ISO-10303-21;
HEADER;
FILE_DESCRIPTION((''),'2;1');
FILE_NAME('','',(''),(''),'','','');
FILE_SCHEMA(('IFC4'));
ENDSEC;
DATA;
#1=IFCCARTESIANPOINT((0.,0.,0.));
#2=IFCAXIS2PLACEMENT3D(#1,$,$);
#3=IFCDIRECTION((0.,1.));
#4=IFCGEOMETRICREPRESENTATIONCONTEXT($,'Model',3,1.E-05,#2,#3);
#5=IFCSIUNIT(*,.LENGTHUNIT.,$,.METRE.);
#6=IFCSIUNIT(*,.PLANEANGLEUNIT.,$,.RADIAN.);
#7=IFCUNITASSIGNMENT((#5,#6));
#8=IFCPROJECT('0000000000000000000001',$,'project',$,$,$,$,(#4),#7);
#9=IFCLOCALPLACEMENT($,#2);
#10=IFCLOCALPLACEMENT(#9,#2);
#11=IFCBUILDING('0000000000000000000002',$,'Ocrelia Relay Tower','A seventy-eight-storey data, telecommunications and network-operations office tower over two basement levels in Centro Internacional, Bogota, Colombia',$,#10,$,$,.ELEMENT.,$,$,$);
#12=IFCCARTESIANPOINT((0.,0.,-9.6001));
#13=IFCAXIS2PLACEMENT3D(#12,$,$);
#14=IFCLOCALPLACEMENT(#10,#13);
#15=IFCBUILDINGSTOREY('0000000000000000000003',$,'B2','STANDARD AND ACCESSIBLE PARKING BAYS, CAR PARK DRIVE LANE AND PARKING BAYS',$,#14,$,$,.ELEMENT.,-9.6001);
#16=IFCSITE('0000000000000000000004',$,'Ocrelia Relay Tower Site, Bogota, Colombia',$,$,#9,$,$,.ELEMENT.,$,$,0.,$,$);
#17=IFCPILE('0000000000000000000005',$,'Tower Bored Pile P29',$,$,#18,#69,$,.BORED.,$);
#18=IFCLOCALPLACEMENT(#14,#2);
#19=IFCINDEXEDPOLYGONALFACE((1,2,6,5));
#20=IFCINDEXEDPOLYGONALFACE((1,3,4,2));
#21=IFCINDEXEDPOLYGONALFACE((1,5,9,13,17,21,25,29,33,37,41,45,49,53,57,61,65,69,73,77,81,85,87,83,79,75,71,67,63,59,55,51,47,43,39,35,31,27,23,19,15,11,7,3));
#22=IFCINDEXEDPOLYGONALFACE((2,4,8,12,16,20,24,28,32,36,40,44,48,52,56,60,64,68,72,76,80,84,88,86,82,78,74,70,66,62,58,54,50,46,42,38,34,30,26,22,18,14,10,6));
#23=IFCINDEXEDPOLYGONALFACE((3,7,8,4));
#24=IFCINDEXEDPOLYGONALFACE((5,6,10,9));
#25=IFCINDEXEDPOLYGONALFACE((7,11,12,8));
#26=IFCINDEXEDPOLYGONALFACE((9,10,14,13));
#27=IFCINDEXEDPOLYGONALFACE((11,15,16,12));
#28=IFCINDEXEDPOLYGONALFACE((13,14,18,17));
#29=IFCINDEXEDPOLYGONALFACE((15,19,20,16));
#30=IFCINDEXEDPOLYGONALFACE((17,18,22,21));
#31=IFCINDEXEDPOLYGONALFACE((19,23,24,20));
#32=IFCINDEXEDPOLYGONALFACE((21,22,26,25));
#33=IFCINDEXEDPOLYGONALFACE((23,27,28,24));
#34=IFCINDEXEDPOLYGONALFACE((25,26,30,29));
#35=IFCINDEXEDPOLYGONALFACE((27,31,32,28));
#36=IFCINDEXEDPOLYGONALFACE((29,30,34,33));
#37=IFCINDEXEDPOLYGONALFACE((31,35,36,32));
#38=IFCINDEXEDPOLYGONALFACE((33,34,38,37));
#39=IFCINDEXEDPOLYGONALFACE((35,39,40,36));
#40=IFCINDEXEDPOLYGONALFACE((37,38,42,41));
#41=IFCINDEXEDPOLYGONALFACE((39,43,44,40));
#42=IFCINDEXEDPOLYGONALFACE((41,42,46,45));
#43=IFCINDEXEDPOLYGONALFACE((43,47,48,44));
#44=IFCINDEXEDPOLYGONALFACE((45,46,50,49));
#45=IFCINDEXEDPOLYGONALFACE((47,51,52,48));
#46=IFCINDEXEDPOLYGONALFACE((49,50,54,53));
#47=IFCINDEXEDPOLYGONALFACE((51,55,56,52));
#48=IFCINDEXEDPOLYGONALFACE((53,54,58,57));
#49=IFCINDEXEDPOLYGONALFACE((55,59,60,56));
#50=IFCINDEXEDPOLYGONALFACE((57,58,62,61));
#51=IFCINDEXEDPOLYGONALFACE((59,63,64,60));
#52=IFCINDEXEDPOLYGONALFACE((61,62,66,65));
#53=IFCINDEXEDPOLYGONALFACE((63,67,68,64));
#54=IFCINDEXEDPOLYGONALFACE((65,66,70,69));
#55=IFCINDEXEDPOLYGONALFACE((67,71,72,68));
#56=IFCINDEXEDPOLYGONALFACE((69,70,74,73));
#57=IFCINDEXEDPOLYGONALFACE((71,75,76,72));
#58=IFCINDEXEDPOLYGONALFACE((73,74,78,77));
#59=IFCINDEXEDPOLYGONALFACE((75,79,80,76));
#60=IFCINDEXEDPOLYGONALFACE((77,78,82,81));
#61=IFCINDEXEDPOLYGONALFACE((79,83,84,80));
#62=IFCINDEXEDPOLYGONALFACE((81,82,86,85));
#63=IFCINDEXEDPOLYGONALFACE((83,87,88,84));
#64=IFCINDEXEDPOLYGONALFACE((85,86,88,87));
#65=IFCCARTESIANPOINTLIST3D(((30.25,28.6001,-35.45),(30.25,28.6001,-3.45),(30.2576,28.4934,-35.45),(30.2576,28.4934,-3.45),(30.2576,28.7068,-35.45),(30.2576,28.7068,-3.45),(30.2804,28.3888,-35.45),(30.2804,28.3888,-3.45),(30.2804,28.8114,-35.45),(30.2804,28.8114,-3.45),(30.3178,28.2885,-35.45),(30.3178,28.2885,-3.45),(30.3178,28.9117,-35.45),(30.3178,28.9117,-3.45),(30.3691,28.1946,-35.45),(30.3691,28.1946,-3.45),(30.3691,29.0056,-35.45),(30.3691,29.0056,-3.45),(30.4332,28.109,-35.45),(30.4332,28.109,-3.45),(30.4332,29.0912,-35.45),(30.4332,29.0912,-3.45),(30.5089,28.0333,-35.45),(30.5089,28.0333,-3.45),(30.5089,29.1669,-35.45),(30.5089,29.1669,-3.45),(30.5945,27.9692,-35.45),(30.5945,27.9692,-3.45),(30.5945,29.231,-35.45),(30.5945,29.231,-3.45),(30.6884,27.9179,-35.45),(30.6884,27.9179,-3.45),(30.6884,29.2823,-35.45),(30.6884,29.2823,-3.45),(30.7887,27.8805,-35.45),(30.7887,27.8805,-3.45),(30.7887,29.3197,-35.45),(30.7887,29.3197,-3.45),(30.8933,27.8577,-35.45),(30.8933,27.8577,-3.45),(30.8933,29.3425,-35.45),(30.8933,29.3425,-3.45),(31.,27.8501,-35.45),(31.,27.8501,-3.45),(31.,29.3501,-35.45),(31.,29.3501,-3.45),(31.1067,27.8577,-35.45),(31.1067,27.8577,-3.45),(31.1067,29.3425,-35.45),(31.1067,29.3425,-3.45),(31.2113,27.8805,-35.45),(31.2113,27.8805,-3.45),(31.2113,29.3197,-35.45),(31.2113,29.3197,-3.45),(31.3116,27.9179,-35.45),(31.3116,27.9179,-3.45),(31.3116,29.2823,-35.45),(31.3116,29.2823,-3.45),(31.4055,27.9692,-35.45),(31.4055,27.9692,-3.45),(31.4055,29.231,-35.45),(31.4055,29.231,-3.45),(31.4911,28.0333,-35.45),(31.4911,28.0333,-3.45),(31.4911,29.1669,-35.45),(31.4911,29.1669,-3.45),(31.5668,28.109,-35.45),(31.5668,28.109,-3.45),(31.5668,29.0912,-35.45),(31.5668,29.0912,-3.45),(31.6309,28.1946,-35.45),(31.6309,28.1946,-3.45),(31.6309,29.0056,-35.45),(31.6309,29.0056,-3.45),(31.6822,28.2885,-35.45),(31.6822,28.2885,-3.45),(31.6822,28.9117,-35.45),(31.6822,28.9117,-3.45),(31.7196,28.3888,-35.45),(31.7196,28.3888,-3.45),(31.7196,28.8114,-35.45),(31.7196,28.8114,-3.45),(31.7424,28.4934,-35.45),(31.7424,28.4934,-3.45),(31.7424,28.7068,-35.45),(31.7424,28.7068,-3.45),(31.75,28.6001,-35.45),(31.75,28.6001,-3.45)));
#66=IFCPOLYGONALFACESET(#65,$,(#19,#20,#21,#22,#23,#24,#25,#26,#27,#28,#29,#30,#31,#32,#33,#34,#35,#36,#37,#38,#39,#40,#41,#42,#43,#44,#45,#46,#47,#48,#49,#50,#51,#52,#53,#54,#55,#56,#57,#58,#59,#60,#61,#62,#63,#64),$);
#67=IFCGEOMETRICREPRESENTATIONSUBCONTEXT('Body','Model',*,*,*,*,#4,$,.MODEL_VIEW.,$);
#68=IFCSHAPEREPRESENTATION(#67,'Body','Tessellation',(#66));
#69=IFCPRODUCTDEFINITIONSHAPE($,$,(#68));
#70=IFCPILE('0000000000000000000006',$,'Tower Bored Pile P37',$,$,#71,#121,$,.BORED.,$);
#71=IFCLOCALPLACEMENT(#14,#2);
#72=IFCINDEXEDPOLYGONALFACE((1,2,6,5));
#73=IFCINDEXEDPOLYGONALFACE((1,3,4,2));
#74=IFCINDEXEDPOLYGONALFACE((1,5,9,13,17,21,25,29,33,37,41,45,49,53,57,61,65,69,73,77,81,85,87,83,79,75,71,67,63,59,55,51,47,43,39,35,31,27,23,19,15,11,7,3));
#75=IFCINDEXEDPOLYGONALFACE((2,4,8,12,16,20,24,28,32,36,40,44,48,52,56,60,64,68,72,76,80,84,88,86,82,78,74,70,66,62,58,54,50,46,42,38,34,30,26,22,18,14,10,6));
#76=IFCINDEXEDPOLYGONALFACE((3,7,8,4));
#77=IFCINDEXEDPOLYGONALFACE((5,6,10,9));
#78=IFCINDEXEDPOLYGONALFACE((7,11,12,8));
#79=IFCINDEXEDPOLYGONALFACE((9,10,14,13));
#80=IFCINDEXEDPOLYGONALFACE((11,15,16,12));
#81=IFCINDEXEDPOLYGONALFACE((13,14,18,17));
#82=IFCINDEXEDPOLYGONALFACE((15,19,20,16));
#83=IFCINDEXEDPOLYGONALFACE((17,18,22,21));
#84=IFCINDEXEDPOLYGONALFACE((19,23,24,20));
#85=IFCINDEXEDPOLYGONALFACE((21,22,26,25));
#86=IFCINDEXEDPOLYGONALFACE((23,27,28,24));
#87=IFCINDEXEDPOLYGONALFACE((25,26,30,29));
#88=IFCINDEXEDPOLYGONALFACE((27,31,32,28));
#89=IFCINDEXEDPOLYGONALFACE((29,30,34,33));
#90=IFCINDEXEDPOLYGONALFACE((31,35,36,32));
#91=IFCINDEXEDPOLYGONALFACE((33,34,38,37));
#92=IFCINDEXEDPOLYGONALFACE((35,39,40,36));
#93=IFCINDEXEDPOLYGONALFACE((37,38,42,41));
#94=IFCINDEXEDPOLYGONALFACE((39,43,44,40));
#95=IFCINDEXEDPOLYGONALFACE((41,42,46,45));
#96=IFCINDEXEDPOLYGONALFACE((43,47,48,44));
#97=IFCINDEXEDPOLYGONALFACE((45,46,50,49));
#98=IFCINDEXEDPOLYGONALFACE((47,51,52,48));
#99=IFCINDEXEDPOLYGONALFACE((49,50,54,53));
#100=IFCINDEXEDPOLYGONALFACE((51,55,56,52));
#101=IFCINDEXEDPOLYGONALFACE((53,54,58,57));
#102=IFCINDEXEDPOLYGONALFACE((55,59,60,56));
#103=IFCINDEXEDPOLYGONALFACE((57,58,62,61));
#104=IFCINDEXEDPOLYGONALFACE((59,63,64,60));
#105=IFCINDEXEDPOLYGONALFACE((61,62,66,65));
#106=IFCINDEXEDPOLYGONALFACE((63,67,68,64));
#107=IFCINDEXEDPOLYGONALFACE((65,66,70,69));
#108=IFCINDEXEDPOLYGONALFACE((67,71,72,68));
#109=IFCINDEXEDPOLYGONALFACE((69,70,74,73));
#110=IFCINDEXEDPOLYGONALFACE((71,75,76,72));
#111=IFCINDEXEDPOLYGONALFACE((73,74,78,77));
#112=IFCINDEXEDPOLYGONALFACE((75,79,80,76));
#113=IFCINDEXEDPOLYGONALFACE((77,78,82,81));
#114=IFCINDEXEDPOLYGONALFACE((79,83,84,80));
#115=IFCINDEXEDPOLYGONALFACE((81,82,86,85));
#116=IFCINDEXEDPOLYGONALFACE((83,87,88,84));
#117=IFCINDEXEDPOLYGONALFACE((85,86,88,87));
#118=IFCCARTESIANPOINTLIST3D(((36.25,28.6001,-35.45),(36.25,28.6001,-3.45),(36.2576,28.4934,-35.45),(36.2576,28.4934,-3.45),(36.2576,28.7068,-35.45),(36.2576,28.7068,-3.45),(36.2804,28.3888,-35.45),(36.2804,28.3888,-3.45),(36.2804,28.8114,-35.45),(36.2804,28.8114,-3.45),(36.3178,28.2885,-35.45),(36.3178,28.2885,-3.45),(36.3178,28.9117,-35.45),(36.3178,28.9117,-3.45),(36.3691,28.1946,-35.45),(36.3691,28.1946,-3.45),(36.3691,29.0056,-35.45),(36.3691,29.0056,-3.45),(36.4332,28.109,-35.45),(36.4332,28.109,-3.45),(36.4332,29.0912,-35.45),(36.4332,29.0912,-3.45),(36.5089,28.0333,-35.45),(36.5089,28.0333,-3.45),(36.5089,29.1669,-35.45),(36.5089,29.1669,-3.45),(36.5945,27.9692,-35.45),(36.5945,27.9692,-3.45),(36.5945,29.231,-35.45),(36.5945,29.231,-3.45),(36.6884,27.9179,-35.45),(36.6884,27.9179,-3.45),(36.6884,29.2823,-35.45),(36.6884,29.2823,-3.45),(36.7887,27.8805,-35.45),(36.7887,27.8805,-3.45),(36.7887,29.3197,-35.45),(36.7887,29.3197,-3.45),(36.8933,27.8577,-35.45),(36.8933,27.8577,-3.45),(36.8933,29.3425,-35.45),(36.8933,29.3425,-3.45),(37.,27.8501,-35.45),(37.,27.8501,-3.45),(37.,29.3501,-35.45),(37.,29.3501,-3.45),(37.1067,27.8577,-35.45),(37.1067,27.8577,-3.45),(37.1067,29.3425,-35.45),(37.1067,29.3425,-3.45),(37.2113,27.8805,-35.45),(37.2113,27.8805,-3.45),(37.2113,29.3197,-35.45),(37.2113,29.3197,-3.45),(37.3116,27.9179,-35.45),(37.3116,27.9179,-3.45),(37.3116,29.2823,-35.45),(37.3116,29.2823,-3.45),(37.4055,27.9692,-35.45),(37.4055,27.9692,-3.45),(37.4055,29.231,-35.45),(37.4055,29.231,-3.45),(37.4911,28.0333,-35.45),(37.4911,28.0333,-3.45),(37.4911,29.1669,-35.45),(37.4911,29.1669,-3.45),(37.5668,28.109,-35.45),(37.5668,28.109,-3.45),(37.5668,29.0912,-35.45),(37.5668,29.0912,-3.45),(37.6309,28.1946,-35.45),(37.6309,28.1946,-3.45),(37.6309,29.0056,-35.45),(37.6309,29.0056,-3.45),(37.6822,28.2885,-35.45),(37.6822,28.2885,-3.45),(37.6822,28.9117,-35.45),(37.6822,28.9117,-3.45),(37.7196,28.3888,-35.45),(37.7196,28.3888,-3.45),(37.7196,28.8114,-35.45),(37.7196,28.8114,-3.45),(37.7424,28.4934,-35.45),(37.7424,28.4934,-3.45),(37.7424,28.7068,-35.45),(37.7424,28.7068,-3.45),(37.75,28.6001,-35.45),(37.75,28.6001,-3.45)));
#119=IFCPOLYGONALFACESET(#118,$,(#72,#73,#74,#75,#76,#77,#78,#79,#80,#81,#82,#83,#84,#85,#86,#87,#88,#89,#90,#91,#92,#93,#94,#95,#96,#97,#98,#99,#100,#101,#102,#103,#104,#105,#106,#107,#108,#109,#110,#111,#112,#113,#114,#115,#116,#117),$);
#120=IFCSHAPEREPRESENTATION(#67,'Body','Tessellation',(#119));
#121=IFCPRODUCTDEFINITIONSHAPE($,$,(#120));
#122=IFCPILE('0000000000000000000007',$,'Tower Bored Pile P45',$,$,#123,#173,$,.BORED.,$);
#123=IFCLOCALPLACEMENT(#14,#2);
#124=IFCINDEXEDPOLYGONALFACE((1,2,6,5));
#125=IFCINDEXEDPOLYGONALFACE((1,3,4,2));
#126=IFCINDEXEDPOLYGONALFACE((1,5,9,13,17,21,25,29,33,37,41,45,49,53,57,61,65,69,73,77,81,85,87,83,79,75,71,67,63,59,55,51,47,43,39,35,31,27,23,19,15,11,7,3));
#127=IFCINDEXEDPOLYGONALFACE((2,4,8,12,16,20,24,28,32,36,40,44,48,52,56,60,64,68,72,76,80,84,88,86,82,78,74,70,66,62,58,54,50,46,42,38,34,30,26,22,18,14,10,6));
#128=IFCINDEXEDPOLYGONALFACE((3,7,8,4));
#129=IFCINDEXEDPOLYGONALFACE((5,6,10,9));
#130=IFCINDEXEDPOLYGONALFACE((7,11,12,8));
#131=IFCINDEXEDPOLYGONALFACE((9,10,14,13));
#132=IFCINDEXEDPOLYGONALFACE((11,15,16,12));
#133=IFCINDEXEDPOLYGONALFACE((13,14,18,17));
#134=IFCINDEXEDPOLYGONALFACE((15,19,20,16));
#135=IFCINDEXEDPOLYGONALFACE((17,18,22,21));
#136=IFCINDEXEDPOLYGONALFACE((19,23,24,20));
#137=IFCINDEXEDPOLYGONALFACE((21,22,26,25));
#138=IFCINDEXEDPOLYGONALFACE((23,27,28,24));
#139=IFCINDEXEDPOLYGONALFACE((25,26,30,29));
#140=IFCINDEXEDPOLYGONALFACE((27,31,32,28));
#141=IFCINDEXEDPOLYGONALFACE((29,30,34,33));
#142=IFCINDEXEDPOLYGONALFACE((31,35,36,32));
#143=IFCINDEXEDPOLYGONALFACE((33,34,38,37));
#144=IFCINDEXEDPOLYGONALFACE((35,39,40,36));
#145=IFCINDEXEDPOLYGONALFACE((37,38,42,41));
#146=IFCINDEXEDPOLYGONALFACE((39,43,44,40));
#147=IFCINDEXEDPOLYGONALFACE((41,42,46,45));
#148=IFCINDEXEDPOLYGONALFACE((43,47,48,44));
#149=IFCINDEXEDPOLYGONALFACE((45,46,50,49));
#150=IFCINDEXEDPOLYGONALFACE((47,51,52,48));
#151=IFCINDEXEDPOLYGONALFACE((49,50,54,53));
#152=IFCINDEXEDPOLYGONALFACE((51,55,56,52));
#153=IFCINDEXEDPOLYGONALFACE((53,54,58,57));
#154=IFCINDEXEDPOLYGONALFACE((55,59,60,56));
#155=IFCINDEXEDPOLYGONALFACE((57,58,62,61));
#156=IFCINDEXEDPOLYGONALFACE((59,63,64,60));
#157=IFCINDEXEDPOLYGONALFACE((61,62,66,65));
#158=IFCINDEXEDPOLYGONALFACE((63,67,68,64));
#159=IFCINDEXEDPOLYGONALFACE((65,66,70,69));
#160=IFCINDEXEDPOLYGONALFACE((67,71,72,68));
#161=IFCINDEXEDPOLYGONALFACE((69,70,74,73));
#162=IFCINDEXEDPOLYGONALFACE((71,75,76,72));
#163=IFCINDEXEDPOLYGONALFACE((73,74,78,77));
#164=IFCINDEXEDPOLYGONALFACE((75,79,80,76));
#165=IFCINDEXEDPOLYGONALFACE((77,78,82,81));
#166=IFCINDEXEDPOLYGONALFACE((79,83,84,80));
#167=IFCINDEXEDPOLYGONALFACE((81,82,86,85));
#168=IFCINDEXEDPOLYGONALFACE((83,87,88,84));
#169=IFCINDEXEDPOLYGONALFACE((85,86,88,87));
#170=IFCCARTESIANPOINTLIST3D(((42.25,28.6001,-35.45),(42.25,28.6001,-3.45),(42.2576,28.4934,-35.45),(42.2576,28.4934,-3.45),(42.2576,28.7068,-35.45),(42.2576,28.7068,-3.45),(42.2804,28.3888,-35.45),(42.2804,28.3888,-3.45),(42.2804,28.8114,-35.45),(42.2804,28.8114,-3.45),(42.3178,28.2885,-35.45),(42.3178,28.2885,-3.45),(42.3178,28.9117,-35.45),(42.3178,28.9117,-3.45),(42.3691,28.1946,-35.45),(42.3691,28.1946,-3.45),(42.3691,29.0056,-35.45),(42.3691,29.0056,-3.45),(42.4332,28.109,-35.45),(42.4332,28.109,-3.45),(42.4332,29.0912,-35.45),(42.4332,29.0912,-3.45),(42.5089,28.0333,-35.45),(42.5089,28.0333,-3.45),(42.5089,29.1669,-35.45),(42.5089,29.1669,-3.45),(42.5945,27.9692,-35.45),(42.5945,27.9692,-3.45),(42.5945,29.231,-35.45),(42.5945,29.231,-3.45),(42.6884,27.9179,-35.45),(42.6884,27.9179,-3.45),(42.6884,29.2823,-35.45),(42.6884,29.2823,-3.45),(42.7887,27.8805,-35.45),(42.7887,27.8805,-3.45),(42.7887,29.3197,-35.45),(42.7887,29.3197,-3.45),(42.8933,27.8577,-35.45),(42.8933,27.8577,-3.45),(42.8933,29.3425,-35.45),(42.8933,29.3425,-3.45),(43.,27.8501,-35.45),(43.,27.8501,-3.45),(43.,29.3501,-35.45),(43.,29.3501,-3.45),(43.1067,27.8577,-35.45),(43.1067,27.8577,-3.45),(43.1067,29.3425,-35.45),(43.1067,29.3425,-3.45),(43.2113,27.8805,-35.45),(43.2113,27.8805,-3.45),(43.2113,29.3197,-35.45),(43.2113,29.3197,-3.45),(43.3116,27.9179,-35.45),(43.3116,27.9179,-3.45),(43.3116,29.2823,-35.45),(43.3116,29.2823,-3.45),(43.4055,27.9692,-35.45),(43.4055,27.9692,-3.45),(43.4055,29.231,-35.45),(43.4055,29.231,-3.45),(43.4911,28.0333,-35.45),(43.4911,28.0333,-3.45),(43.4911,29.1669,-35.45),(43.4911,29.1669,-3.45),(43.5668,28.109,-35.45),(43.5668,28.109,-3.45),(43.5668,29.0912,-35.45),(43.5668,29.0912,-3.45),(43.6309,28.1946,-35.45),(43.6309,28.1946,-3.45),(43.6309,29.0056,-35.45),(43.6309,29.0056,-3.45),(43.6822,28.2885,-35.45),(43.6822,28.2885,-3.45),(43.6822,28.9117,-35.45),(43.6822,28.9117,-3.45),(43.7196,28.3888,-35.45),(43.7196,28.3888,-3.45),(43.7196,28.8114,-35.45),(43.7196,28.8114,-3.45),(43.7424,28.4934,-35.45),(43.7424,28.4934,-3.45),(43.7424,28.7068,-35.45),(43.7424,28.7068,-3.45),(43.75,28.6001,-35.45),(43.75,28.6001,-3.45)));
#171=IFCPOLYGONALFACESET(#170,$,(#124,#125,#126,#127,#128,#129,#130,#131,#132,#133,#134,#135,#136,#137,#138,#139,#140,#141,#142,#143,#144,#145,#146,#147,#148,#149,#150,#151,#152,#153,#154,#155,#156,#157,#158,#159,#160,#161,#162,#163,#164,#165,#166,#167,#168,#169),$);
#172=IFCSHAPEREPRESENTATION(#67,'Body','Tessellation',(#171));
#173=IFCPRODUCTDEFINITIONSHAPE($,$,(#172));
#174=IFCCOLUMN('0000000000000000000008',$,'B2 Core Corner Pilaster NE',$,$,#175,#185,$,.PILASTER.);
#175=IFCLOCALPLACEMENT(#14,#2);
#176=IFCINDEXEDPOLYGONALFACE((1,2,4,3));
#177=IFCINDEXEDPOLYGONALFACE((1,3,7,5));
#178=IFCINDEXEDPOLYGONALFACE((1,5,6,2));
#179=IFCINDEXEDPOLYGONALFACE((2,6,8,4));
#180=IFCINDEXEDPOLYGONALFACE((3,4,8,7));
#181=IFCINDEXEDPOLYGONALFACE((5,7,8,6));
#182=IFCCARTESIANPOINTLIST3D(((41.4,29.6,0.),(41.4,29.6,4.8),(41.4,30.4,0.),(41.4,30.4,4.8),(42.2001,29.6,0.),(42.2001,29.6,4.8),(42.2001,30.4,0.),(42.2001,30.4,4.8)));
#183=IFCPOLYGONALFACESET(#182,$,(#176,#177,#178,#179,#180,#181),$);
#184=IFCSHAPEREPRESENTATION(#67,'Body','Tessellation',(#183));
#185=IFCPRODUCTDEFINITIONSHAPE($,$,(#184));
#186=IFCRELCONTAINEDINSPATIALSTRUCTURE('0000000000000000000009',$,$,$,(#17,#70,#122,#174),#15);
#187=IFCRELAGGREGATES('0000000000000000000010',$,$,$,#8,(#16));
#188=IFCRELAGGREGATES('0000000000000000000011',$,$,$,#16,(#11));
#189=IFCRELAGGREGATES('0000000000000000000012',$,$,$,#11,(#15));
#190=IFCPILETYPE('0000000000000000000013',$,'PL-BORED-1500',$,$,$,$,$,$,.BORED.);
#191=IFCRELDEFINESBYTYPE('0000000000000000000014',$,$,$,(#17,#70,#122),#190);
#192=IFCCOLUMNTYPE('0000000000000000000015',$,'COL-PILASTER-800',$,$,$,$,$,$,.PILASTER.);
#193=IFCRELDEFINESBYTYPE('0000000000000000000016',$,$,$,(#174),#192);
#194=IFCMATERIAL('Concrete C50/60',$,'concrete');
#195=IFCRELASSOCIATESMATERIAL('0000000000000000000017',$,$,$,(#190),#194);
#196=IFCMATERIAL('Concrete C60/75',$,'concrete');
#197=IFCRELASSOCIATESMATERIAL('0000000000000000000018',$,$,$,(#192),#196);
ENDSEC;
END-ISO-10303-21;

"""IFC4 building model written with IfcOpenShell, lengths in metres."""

from ifc_helpers import new_model, si_unit, direction, frame, origin, origin_2d, place, context, subcontext, project, spatial, rectangle, circle, extrude, material, material_profile, profile_set, type_object, element, save


model = new_model("IFC4")

# Units and contexts
model_context = context("Model", 3, precision=1e-05, world=origin(), true_north=direction((0.0, 1.0)))
body_context = subcontext(model_context, "Body", "Model", "MODEL_VIEW")
ifc_project = project(units=[si_unit("LENGTHUNIT", "METRE"), si_unit("PLANEANGLEUNIT", "RADIAN")], contexts=[model_context])

# Site, building, storey
site_placement = place(None, origin())
site = spatial("IfcSite", under=ifc_project, at=site_placement, Name="Ocrelia Relay Tower Site, Bogota, Colombia", CompositionType="ELEMENT", RefElevation=0.0)
building_placement = place(site_placement, origin())
building = spatial("IfcBuilding", under=site, at=building_placement, Name="Ocrelia Relay Tower", Description="A seventy-eight-storey data, telecommunications and network-operations office tower over two basement levels in Centro Internacional, Bogota, Colombia", CompositionType="ELEMENT")
storey_placement = place(building_placement, frame((0.0, 0.0, -9.6001)))
storey = spatial("IfcBuildingStorey", under=building, at=storey_placement, Name="B2", Description="STANDARD AND ACCESSIBLE PARKING BAYS, CAR PARK DRIVE LANE AND PARKING BAYS", CompositionType="ELEMENT", Elevation=-9.6001)

# Piles
ifc_material_1 = material(Name="Concrete C50/60", Category="concrete")
ifc_material_profile_1 = material_profile(ifc_material_1, circle(Radius=0.75, at=origin_2d()), Name="PILE-1500")
ifc_profile_set_1 = profile_set([ifc_material_profile_1], Name="Concrete C50/60")
pile_type = type_object("IfcPileType", Name="PL-BORED-1500", PredefinedType="BORED", material=ifc_profile_set_1)
for number, where, z_axis, x_axis, name in (
    (1, (31.0, 28.6001, -3.45), (0.0, 0.0, -1.0), (1.0, 0.0, 0.0), "Tower Bored Pile P29"),
    (2, (37.0, 28.6001, -3.45), (0.0, 0.0, -1.0), (1.0, 0.0, 0.0), "Tower Bored Pile P37"),
    (3, (43.0, 28.6001, -3.45), (0.0, 0.0, -1.0), (1.0, 0.0, 0.0), "Tower Bored Pile P45"),
):
    element("IfcPile", number, at=place(storey_placement, frame(where, z_axis=z_axis, x_axis=x_axis)), inside=storey, type_object=pile_type, Name=name, PredefinedType="BORED", context=body_context, shape_type="SweptSolid", body=[
        extrude(circle(Radius=0.75, at=origin_2d()), origin(), (0.0, 0.0, 1.0), 32.0),
    ])

# Column
ifc_material_2 = material(Name="Concrete C60/75", Category="concrete")
ifc_material_profile_2 = material_profile(ifc_material_2, rectangle(XDim=0.8, YDim=0.8, at=origin_2d()), Name="RC-COL-800x800")
ifc_profile_set_2 = profile_set([ifc_material_profile_2], Name="Concrete C60/75")
column_type = type_object("IfcColumnType", Name="COL-PILASTER-800", PredefinedType="PILASTER", material=ifc_profile_set_2)
column_placement = place(storey_placement, frame((41.8, 30.0, 0.0), z_axis=(0.0, 0.0, 1.0), x_axis=(1.0, 0.0, 0.0)))
element("IfcColumn", 4, at=column_placement, inside=storey, type_object=column_type, Name="B2 Core Corner Pilaster NE", PredefinedType="PILASTER", context=body_context, shape_type="SweptSolid", body=[
    extrude(rectangle(XDim=0.8, YDim=0.8, at=origin_2d()), origin(), (0.0, 0.0, 1.0), 4.8),
])

save(model, "model.ifc")
